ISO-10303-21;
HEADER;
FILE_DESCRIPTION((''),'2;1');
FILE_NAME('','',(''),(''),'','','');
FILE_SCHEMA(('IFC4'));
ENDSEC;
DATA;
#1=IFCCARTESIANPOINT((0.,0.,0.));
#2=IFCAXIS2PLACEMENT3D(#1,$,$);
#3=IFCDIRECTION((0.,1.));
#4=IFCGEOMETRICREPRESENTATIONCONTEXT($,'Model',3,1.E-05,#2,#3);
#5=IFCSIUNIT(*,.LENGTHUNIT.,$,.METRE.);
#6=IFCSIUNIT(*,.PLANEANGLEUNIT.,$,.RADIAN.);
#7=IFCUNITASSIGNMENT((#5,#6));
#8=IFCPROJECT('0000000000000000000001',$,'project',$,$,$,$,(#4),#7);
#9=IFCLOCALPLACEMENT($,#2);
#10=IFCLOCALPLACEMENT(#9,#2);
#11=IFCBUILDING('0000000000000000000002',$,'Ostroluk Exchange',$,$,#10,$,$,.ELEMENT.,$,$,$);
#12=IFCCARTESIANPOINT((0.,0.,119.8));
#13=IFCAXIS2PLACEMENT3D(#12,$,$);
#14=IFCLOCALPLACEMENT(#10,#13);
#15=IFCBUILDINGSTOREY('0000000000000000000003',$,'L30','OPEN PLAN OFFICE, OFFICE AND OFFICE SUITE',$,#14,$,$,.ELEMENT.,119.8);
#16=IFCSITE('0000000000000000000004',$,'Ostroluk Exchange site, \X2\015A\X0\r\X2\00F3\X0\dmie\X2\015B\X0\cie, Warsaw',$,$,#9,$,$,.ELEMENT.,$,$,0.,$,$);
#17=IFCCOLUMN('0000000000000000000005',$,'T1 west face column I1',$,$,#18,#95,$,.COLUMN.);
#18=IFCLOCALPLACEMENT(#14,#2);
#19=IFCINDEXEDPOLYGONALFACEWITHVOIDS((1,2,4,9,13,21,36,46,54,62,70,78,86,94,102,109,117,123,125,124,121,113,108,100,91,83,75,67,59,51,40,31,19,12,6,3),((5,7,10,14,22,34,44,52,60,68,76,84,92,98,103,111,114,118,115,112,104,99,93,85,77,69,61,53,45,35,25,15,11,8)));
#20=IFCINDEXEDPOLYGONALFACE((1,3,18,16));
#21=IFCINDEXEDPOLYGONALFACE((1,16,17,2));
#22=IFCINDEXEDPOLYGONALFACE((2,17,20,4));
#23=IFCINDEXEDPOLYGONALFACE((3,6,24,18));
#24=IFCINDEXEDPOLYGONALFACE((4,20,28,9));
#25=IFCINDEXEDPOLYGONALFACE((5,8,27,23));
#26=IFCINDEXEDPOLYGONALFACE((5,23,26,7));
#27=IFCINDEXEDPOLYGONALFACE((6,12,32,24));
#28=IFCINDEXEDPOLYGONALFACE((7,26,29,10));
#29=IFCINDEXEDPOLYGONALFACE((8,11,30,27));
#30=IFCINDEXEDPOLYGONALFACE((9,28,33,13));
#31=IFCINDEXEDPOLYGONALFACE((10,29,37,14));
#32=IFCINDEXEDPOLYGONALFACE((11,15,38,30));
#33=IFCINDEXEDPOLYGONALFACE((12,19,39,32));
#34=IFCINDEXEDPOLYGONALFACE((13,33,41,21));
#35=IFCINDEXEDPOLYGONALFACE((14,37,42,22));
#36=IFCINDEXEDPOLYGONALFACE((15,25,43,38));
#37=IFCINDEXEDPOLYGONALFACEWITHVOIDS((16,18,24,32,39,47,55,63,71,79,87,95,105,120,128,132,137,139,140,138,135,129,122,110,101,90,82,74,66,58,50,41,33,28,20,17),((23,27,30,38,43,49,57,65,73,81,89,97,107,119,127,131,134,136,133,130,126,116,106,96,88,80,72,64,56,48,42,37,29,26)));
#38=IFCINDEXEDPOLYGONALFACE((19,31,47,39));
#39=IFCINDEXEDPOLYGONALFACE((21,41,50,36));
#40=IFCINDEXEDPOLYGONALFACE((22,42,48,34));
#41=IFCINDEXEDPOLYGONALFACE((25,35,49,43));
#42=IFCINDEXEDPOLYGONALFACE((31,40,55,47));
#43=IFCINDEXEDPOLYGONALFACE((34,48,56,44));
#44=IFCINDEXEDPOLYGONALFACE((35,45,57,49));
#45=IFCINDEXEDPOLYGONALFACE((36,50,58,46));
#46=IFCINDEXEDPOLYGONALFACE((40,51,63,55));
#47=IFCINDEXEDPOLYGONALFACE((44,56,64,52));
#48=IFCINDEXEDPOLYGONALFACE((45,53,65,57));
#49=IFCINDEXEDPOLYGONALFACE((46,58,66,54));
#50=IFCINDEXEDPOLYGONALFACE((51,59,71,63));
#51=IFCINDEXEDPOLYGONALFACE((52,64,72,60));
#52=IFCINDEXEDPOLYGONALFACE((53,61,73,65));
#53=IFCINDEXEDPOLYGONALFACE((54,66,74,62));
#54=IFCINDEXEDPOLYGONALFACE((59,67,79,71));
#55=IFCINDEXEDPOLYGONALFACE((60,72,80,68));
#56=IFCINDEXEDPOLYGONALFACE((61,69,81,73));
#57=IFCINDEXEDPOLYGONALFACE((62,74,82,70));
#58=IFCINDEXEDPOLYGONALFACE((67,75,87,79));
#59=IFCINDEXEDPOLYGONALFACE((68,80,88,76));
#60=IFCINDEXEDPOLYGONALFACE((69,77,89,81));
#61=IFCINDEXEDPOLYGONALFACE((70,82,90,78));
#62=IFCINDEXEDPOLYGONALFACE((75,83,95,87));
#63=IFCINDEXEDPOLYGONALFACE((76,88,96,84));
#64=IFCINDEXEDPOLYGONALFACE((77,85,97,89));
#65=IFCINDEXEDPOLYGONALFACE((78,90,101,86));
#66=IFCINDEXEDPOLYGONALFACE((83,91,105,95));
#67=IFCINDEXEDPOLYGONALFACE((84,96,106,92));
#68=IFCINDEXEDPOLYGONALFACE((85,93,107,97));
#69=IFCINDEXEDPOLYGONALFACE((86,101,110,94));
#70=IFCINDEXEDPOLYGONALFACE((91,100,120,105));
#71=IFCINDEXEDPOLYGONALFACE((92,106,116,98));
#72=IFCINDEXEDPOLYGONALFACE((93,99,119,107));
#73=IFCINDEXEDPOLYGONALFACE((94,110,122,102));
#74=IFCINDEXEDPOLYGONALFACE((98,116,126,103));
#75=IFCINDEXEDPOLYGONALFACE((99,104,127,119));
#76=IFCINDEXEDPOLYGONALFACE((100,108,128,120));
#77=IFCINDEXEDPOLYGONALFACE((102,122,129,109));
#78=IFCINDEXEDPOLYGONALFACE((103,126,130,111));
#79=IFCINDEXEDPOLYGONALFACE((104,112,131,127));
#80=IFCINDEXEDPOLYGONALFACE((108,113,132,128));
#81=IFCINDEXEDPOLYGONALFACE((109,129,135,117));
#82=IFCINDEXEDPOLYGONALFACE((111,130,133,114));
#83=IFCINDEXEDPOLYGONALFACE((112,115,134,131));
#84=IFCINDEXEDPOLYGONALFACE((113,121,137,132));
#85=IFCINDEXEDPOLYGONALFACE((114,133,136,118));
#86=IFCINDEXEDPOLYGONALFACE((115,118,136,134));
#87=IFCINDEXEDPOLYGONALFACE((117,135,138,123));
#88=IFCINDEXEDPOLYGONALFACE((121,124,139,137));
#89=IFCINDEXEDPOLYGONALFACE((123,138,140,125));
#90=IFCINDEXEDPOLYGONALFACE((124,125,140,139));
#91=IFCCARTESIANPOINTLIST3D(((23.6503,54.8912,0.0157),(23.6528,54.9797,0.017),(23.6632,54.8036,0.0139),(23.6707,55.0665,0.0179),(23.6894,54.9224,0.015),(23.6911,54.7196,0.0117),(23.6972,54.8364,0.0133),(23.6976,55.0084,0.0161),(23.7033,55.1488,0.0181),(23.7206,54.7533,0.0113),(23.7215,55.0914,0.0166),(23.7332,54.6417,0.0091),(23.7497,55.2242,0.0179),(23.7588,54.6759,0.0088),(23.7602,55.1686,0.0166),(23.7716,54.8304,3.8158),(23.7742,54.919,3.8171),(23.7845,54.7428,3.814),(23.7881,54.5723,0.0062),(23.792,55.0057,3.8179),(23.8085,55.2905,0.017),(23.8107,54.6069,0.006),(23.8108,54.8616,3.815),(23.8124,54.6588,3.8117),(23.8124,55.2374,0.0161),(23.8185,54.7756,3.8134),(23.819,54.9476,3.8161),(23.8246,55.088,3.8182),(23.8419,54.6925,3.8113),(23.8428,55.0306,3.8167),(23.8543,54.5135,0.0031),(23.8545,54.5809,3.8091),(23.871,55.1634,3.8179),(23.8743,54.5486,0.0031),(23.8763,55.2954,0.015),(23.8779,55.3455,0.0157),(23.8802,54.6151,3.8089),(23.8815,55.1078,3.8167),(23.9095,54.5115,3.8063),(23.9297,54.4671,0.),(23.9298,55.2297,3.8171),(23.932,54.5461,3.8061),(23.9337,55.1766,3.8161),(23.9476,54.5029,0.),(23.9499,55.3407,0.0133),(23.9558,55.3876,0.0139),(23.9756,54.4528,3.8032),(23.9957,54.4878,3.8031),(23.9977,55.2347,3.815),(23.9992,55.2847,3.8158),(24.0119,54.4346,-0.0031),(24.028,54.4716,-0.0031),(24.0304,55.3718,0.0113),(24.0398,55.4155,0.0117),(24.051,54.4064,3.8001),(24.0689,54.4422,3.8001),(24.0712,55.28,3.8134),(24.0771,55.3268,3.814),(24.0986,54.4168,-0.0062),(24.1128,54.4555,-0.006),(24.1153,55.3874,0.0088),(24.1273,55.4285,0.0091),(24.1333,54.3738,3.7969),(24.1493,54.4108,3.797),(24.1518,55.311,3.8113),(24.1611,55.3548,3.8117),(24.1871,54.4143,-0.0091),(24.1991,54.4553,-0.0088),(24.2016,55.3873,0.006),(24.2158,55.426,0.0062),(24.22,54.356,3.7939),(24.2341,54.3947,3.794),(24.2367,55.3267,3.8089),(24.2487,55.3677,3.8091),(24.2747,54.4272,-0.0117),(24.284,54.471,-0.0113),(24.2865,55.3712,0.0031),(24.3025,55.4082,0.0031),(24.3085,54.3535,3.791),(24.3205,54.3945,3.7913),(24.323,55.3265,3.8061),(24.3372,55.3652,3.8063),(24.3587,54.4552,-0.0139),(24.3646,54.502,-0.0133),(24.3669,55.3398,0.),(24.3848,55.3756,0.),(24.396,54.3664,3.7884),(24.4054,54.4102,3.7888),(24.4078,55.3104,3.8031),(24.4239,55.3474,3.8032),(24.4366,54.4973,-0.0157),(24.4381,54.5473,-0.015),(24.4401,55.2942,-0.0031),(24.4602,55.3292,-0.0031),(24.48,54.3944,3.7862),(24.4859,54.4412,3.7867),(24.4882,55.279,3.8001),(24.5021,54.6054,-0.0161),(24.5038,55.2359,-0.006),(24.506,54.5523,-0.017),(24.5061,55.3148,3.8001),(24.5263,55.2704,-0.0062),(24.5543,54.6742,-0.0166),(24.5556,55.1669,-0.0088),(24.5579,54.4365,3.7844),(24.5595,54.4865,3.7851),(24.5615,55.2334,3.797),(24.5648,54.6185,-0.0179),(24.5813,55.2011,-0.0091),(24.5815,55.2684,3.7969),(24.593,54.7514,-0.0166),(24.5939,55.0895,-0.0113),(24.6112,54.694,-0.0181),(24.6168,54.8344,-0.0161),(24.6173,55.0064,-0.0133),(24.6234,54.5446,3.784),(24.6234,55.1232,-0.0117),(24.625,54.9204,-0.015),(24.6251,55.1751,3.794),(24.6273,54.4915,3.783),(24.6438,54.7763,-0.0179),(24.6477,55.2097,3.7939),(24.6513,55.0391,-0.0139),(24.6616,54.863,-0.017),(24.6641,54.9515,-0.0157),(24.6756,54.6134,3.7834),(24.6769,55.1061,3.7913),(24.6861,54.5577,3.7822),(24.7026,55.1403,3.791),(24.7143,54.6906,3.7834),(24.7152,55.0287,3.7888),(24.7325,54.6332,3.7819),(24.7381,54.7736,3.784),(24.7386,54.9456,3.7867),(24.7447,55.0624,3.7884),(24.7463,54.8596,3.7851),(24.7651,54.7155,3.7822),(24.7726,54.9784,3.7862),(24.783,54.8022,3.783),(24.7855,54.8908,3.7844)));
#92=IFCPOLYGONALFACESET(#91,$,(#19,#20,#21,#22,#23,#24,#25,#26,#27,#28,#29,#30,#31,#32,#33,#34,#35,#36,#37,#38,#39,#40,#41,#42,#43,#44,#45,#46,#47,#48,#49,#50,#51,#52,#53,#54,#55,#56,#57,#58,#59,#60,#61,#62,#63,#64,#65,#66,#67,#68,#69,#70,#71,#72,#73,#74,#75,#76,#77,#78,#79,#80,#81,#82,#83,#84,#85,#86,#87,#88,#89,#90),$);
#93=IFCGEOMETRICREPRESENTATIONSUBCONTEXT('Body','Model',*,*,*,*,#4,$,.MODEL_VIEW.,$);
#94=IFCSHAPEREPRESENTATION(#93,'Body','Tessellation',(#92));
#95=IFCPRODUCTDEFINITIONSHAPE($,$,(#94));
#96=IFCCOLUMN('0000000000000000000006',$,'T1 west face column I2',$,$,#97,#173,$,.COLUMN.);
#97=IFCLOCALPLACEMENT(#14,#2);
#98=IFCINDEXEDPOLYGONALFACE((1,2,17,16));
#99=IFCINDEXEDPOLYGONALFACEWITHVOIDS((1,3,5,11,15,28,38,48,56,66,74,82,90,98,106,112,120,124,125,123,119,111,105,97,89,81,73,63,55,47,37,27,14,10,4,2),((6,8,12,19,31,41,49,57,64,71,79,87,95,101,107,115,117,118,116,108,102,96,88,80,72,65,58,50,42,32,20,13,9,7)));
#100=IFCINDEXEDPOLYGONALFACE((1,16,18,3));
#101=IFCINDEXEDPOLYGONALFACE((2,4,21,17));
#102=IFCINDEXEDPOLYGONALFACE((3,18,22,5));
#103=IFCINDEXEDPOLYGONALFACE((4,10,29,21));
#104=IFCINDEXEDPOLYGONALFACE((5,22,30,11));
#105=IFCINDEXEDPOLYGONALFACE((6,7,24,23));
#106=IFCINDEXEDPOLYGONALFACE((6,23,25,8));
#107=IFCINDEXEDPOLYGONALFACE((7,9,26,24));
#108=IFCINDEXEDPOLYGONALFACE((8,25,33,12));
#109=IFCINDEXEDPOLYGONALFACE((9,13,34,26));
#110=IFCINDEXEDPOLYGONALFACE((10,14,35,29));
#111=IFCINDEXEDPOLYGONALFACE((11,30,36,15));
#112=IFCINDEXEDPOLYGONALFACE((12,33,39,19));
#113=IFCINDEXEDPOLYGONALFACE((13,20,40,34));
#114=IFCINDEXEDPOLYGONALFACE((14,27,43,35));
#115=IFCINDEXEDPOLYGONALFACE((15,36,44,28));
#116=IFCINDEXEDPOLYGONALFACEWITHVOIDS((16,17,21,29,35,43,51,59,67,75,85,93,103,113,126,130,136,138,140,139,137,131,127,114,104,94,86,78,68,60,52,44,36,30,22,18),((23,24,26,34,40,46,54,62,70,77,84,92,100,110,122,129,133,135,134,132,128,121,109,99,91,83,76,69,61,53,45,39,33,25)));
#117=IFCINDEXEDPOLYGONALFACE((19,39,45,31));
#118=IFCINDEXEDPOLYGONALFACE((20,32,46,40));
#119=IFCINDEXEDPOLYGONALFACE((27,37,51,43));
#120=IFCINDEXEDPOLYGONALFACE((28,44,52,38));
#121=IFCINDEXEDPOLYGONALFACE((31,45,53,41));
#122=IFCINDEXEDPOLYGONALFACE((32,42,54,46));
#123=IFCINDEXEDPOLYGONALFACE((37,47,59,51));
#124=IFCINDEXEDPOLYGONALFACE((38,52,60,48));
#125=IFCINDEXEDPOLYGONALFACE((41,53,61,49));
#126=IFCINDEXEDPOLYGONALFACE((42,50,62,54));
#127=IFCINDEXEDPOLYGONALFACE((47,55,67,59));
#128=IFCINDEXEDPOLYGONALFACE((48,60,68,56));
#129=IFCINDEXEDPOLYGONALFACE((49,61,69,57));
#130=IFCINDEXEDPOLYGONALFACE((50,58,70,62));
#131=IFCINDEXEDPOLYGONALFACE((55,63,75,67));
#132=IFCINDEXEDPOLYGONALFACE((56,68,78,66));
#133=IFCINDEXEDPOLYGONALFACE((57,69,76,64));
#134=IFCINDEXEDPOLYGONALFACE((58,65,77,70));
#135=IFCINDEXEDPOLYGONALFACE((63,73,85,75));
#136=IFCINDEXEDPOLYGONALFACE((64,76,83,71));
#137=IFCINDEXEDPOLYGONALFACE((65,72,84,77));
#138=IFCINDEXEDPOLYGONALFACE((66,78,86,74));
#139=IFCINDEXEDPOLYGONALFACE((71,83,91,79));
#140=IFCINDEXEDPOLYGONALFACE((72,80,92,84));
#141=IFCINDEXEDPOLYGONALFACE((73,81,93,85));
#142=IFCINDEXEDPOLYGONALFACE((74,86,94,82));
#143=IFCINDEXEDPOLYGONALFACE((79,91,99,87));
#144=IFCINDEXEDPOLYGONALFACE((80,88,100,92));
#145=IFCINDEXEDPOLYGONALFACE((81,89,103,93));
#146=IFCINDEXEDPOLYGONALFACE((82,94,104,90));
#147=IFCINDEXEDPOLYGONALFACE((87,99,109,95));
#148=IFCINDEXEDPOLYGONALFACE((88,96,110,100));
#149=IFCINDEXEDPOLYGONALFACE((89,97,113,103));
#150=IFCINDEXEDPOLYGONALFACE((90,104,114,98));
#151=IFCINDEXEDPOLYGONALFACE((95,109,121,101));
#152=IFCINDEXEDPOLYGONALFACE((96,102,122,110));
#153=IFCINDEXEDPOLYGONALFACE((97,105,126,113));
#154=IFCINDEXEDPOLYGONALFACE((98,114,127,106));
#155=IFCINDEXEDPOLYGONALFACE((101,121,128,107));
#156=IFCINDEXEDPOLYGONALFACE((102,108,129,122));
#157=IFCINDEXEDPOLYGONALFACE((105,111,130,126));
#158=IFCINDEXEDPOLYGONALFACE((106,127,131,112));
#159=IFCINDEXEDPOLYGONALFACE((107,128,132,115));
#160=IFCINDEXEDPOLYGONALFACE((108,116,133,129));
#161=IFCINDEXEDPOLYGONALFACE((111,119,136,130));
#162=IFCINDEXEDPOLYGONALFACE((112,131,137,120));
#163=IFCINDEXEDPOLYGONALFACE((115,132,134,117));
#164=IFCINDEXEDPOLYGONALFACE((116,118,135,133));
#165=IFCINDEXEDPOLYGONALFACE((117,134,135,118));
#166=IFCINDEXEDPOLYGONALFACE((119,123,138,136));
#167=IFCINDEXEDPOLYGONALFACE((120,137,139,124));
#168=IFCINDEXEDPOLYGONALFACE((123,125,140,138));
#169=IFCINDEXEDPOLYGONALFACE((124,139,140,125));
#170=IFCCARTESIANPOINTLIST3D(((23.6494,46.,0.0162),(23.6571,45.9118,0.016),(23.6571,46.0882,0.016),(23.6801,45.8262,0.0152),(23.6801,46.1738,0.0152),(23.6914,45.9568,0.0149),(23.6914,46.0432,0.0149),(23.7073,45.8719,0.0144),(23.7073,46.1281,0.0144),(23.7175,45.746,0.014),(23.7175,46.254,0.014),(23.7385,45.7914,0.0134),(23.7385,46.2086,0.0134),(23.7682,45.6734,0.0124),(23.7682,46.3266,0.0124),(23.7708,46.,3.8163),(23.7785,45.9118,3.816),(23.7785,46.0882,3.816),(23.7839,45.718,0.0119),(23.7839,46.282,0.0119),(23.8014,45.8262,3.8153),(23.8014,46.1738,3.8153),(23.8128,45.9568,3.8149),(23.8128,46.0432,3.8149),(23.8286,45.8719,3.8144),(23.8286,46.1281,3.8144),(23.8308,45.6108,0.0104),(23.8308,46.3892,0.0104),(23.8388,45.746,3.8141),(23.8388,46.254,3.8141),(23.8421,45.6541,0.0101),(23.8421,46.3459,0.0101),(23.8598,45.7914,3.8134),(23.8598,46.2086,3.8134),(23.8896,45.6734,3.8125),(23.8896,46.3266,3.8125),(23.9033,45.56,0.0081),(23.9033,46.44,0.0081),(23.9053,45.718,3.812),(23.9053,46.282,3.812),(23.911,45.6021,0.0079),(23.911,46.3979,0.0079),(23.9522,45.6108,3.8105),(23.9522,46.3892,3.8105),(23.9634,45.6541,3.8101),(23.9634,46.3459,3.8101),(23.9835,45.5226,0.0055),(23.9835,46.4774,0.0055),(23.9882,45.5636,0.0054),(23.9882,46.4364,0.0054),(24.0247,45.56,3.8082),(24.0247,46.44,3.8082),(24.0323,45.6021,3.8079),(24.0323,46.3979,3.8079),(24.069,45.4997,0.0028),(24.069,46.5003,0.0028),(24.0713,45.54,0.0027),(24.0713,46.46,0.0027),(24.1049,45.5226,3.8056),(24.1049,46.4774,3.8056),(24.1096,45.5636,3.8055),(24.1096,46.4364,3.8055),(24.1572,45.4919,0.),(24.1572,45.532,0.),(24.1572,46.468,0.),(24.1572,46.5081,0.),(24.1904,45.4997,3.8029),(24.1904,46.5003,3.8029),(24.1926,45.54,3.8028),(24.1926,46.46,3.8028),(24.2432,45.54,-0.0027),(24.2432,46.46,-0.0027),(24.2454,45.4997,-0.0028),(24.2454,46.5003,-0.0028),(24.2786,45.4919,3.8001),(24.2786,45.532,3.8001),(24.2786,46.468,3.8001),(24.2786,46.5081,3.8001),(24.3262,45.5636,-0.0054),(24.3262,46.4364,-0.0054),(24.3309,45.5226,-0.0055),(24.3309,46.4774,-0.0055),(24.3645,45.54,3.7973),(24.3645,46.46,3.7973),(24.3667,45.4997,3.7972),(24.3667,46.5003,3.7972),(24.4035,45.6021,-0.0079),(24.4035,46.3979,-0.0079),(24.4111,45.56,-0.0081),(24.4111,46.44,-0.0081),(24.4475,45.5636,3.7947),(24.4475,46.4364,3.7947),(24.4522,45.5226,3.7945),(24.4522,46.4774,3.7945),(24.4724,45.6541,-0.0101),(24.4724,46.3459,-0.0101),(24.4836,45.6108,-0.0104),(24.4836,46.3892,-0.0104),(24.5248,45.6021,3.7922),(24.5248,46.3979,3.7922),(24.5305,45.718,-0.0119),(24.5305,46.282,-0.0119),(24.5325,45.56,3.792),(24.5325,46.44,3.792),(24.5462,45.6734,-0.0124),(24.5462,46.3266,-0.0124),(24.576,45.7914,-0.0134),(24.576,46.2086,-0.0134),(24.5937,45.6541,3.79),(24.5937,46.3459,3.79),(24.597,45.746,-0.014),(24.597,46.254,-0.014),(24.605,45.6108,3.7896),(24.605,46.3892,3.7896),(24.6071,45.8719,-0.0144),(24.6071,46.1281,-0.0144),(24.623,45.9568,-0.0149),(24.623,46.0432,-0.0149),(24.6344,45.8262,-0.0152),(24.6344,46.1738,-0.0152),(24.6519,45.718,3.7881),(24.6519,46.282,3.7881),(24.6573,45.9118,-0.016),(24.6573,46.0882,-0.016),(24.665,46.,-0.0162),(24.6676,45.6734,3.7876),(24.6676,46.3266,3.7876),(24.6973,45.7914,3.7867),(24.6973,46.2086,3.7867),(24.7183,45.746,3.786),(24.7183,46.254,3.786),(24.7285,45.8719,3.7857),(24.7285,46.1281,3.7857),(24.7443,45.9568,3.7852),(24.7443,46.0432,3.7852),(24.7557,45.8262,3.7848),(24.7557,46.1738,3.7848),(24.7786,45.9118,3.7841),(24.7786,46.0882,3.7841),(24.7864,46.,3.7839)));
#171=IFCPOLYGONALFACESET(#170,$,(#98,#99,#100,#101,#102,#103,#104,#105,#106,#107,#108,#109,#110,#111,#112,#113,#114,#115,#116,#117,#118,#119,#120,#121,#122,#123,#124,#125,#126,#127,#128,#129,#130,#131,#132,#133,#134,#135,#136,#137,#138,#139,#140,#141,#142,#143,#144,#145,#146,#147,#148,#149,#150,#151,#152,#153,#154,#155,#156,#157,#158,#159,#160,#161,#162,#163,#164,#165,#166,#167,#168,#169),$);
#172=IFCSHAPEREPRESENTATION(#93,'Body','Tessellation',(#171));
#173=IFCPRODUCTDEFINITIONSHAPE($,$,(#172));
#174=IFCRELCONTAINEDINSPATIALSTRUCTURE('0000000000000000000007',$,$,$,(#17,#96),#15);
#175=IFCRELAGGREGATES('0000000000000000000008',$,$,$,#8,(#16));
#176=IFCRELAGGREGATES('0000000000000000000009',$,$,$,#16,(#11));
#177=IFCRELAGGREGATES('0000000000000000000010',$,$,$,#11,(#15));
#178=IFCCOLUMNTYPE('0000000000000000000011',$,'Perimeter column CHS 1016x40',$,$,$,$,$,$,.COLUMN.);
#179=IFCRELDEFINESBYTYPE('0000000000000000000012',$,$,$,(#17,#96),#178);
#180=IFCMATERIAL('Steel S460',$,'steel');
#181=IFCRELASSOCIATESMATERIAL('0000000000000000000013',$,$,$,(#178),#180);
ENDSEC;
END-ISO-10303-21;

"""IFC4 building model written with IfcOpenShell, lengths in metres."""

from ifc_helpers import new_model, si_unit, direction, frame, origin, origin_2d, place, context, subcontext, project, spatial, hollow_circle, extrude, material, material_profile, profile_set, type_object, element, save


model = new_model("IFC4")

# Units and contexts
model_context = context("Model", 3, precision=1e-05, world=origin(), true_north=direction((0.0, 1.0)))
body_context = subcontext(model_context, "Body", "Model", "MODEL_VIEW")
ifc_project = project(units=[si_unit("LENGTHUNIT", "METRE"), si_unit("PLANEANGLEUNIT", "RADIAN")], contexts=[model_context])

# Site, building, storey
site_placement = place(None, origin())
site = spatial("IfcSite", under=ifc_project, at=site_placement, Name="Ostroluk Exchange site, Śródmieście, Warsaw", CompositionType="ELEMENT", RefElevation=0.0)
building_placement = place(site_placement, origin())
building = spatial("IfcBuilding", under=site, at=building_placement, Name="Ostroluk Exchange", CompositionType="ELEMENT")
storey_placement = place(building_placement, frame((0.0, 0.0, 119.8)))
storey = spatial("IfcBuildingStorey", under=building, at=storey_placement, Name="L30", Description="OPEN PLAN OFFICE, OFFICE AND OFFICE SUITE", CompositionType="ELEMENT", Elevation=119.8)

# Columns
ifc_material_1 = material(Name="Steel S460", Category="steel")
ifc_material_profile_1 = material_profile(ifc_material_1, hollow_circle(Radius=0.5081, WallThickness=0.04, at=origin_2d()), Name="CHS 1016x40")
ifc_profile_set_1 = profile_set([ifc_material_profile_1], Name="Steel S460")
column_type = type_object("IfcColumnType", Name="Perimeter column CHS 1016x40", PredefinedType="COLUMN", material=ifc_profile_set_1)
column_1_placement = place(storey_placement, frame((24.1572, 54.9214, 0.0), z_axis=(0.03191, -0.015987, 0.999363), x_axis=(0.447933, 0.894067, 0.0)))
element("IfcColumn", 1, at=column_1_placement, inside=storey, type_object=column_type, Name="T1 west face column I1", PredefinedType="COLUMN", context=body_context, shape_type="SweptSolid", body=[
    extrude(hollow_circle(Radius=0.5081, WallThickness=0.04, at=origin_2d()), origin(), (0.0, 0.0, 1.0), 3.8025),
])
column_2_placement = place(storey_placement, frame((24.1572, 46.0, 0.0), z_axis=(0.031914, 0.0, 0.999491), x_axis=(0.0, 1.0, 0.0)))
element("IfcColumn", 2, at=column_2_placement, inside=storey, type_object=column_type, Name="T1 west face column I2", PredefinedType="COLUMN", context=body_context, shape_type="SweptSolid", body=[
    extrude(hollow_circle(Radius=0.5081, WallThickness=0.04, at=origin_2d()), origin(), (0.0, 0.0, 1.0), 3.802),
])

save(model, "model.ifc")
